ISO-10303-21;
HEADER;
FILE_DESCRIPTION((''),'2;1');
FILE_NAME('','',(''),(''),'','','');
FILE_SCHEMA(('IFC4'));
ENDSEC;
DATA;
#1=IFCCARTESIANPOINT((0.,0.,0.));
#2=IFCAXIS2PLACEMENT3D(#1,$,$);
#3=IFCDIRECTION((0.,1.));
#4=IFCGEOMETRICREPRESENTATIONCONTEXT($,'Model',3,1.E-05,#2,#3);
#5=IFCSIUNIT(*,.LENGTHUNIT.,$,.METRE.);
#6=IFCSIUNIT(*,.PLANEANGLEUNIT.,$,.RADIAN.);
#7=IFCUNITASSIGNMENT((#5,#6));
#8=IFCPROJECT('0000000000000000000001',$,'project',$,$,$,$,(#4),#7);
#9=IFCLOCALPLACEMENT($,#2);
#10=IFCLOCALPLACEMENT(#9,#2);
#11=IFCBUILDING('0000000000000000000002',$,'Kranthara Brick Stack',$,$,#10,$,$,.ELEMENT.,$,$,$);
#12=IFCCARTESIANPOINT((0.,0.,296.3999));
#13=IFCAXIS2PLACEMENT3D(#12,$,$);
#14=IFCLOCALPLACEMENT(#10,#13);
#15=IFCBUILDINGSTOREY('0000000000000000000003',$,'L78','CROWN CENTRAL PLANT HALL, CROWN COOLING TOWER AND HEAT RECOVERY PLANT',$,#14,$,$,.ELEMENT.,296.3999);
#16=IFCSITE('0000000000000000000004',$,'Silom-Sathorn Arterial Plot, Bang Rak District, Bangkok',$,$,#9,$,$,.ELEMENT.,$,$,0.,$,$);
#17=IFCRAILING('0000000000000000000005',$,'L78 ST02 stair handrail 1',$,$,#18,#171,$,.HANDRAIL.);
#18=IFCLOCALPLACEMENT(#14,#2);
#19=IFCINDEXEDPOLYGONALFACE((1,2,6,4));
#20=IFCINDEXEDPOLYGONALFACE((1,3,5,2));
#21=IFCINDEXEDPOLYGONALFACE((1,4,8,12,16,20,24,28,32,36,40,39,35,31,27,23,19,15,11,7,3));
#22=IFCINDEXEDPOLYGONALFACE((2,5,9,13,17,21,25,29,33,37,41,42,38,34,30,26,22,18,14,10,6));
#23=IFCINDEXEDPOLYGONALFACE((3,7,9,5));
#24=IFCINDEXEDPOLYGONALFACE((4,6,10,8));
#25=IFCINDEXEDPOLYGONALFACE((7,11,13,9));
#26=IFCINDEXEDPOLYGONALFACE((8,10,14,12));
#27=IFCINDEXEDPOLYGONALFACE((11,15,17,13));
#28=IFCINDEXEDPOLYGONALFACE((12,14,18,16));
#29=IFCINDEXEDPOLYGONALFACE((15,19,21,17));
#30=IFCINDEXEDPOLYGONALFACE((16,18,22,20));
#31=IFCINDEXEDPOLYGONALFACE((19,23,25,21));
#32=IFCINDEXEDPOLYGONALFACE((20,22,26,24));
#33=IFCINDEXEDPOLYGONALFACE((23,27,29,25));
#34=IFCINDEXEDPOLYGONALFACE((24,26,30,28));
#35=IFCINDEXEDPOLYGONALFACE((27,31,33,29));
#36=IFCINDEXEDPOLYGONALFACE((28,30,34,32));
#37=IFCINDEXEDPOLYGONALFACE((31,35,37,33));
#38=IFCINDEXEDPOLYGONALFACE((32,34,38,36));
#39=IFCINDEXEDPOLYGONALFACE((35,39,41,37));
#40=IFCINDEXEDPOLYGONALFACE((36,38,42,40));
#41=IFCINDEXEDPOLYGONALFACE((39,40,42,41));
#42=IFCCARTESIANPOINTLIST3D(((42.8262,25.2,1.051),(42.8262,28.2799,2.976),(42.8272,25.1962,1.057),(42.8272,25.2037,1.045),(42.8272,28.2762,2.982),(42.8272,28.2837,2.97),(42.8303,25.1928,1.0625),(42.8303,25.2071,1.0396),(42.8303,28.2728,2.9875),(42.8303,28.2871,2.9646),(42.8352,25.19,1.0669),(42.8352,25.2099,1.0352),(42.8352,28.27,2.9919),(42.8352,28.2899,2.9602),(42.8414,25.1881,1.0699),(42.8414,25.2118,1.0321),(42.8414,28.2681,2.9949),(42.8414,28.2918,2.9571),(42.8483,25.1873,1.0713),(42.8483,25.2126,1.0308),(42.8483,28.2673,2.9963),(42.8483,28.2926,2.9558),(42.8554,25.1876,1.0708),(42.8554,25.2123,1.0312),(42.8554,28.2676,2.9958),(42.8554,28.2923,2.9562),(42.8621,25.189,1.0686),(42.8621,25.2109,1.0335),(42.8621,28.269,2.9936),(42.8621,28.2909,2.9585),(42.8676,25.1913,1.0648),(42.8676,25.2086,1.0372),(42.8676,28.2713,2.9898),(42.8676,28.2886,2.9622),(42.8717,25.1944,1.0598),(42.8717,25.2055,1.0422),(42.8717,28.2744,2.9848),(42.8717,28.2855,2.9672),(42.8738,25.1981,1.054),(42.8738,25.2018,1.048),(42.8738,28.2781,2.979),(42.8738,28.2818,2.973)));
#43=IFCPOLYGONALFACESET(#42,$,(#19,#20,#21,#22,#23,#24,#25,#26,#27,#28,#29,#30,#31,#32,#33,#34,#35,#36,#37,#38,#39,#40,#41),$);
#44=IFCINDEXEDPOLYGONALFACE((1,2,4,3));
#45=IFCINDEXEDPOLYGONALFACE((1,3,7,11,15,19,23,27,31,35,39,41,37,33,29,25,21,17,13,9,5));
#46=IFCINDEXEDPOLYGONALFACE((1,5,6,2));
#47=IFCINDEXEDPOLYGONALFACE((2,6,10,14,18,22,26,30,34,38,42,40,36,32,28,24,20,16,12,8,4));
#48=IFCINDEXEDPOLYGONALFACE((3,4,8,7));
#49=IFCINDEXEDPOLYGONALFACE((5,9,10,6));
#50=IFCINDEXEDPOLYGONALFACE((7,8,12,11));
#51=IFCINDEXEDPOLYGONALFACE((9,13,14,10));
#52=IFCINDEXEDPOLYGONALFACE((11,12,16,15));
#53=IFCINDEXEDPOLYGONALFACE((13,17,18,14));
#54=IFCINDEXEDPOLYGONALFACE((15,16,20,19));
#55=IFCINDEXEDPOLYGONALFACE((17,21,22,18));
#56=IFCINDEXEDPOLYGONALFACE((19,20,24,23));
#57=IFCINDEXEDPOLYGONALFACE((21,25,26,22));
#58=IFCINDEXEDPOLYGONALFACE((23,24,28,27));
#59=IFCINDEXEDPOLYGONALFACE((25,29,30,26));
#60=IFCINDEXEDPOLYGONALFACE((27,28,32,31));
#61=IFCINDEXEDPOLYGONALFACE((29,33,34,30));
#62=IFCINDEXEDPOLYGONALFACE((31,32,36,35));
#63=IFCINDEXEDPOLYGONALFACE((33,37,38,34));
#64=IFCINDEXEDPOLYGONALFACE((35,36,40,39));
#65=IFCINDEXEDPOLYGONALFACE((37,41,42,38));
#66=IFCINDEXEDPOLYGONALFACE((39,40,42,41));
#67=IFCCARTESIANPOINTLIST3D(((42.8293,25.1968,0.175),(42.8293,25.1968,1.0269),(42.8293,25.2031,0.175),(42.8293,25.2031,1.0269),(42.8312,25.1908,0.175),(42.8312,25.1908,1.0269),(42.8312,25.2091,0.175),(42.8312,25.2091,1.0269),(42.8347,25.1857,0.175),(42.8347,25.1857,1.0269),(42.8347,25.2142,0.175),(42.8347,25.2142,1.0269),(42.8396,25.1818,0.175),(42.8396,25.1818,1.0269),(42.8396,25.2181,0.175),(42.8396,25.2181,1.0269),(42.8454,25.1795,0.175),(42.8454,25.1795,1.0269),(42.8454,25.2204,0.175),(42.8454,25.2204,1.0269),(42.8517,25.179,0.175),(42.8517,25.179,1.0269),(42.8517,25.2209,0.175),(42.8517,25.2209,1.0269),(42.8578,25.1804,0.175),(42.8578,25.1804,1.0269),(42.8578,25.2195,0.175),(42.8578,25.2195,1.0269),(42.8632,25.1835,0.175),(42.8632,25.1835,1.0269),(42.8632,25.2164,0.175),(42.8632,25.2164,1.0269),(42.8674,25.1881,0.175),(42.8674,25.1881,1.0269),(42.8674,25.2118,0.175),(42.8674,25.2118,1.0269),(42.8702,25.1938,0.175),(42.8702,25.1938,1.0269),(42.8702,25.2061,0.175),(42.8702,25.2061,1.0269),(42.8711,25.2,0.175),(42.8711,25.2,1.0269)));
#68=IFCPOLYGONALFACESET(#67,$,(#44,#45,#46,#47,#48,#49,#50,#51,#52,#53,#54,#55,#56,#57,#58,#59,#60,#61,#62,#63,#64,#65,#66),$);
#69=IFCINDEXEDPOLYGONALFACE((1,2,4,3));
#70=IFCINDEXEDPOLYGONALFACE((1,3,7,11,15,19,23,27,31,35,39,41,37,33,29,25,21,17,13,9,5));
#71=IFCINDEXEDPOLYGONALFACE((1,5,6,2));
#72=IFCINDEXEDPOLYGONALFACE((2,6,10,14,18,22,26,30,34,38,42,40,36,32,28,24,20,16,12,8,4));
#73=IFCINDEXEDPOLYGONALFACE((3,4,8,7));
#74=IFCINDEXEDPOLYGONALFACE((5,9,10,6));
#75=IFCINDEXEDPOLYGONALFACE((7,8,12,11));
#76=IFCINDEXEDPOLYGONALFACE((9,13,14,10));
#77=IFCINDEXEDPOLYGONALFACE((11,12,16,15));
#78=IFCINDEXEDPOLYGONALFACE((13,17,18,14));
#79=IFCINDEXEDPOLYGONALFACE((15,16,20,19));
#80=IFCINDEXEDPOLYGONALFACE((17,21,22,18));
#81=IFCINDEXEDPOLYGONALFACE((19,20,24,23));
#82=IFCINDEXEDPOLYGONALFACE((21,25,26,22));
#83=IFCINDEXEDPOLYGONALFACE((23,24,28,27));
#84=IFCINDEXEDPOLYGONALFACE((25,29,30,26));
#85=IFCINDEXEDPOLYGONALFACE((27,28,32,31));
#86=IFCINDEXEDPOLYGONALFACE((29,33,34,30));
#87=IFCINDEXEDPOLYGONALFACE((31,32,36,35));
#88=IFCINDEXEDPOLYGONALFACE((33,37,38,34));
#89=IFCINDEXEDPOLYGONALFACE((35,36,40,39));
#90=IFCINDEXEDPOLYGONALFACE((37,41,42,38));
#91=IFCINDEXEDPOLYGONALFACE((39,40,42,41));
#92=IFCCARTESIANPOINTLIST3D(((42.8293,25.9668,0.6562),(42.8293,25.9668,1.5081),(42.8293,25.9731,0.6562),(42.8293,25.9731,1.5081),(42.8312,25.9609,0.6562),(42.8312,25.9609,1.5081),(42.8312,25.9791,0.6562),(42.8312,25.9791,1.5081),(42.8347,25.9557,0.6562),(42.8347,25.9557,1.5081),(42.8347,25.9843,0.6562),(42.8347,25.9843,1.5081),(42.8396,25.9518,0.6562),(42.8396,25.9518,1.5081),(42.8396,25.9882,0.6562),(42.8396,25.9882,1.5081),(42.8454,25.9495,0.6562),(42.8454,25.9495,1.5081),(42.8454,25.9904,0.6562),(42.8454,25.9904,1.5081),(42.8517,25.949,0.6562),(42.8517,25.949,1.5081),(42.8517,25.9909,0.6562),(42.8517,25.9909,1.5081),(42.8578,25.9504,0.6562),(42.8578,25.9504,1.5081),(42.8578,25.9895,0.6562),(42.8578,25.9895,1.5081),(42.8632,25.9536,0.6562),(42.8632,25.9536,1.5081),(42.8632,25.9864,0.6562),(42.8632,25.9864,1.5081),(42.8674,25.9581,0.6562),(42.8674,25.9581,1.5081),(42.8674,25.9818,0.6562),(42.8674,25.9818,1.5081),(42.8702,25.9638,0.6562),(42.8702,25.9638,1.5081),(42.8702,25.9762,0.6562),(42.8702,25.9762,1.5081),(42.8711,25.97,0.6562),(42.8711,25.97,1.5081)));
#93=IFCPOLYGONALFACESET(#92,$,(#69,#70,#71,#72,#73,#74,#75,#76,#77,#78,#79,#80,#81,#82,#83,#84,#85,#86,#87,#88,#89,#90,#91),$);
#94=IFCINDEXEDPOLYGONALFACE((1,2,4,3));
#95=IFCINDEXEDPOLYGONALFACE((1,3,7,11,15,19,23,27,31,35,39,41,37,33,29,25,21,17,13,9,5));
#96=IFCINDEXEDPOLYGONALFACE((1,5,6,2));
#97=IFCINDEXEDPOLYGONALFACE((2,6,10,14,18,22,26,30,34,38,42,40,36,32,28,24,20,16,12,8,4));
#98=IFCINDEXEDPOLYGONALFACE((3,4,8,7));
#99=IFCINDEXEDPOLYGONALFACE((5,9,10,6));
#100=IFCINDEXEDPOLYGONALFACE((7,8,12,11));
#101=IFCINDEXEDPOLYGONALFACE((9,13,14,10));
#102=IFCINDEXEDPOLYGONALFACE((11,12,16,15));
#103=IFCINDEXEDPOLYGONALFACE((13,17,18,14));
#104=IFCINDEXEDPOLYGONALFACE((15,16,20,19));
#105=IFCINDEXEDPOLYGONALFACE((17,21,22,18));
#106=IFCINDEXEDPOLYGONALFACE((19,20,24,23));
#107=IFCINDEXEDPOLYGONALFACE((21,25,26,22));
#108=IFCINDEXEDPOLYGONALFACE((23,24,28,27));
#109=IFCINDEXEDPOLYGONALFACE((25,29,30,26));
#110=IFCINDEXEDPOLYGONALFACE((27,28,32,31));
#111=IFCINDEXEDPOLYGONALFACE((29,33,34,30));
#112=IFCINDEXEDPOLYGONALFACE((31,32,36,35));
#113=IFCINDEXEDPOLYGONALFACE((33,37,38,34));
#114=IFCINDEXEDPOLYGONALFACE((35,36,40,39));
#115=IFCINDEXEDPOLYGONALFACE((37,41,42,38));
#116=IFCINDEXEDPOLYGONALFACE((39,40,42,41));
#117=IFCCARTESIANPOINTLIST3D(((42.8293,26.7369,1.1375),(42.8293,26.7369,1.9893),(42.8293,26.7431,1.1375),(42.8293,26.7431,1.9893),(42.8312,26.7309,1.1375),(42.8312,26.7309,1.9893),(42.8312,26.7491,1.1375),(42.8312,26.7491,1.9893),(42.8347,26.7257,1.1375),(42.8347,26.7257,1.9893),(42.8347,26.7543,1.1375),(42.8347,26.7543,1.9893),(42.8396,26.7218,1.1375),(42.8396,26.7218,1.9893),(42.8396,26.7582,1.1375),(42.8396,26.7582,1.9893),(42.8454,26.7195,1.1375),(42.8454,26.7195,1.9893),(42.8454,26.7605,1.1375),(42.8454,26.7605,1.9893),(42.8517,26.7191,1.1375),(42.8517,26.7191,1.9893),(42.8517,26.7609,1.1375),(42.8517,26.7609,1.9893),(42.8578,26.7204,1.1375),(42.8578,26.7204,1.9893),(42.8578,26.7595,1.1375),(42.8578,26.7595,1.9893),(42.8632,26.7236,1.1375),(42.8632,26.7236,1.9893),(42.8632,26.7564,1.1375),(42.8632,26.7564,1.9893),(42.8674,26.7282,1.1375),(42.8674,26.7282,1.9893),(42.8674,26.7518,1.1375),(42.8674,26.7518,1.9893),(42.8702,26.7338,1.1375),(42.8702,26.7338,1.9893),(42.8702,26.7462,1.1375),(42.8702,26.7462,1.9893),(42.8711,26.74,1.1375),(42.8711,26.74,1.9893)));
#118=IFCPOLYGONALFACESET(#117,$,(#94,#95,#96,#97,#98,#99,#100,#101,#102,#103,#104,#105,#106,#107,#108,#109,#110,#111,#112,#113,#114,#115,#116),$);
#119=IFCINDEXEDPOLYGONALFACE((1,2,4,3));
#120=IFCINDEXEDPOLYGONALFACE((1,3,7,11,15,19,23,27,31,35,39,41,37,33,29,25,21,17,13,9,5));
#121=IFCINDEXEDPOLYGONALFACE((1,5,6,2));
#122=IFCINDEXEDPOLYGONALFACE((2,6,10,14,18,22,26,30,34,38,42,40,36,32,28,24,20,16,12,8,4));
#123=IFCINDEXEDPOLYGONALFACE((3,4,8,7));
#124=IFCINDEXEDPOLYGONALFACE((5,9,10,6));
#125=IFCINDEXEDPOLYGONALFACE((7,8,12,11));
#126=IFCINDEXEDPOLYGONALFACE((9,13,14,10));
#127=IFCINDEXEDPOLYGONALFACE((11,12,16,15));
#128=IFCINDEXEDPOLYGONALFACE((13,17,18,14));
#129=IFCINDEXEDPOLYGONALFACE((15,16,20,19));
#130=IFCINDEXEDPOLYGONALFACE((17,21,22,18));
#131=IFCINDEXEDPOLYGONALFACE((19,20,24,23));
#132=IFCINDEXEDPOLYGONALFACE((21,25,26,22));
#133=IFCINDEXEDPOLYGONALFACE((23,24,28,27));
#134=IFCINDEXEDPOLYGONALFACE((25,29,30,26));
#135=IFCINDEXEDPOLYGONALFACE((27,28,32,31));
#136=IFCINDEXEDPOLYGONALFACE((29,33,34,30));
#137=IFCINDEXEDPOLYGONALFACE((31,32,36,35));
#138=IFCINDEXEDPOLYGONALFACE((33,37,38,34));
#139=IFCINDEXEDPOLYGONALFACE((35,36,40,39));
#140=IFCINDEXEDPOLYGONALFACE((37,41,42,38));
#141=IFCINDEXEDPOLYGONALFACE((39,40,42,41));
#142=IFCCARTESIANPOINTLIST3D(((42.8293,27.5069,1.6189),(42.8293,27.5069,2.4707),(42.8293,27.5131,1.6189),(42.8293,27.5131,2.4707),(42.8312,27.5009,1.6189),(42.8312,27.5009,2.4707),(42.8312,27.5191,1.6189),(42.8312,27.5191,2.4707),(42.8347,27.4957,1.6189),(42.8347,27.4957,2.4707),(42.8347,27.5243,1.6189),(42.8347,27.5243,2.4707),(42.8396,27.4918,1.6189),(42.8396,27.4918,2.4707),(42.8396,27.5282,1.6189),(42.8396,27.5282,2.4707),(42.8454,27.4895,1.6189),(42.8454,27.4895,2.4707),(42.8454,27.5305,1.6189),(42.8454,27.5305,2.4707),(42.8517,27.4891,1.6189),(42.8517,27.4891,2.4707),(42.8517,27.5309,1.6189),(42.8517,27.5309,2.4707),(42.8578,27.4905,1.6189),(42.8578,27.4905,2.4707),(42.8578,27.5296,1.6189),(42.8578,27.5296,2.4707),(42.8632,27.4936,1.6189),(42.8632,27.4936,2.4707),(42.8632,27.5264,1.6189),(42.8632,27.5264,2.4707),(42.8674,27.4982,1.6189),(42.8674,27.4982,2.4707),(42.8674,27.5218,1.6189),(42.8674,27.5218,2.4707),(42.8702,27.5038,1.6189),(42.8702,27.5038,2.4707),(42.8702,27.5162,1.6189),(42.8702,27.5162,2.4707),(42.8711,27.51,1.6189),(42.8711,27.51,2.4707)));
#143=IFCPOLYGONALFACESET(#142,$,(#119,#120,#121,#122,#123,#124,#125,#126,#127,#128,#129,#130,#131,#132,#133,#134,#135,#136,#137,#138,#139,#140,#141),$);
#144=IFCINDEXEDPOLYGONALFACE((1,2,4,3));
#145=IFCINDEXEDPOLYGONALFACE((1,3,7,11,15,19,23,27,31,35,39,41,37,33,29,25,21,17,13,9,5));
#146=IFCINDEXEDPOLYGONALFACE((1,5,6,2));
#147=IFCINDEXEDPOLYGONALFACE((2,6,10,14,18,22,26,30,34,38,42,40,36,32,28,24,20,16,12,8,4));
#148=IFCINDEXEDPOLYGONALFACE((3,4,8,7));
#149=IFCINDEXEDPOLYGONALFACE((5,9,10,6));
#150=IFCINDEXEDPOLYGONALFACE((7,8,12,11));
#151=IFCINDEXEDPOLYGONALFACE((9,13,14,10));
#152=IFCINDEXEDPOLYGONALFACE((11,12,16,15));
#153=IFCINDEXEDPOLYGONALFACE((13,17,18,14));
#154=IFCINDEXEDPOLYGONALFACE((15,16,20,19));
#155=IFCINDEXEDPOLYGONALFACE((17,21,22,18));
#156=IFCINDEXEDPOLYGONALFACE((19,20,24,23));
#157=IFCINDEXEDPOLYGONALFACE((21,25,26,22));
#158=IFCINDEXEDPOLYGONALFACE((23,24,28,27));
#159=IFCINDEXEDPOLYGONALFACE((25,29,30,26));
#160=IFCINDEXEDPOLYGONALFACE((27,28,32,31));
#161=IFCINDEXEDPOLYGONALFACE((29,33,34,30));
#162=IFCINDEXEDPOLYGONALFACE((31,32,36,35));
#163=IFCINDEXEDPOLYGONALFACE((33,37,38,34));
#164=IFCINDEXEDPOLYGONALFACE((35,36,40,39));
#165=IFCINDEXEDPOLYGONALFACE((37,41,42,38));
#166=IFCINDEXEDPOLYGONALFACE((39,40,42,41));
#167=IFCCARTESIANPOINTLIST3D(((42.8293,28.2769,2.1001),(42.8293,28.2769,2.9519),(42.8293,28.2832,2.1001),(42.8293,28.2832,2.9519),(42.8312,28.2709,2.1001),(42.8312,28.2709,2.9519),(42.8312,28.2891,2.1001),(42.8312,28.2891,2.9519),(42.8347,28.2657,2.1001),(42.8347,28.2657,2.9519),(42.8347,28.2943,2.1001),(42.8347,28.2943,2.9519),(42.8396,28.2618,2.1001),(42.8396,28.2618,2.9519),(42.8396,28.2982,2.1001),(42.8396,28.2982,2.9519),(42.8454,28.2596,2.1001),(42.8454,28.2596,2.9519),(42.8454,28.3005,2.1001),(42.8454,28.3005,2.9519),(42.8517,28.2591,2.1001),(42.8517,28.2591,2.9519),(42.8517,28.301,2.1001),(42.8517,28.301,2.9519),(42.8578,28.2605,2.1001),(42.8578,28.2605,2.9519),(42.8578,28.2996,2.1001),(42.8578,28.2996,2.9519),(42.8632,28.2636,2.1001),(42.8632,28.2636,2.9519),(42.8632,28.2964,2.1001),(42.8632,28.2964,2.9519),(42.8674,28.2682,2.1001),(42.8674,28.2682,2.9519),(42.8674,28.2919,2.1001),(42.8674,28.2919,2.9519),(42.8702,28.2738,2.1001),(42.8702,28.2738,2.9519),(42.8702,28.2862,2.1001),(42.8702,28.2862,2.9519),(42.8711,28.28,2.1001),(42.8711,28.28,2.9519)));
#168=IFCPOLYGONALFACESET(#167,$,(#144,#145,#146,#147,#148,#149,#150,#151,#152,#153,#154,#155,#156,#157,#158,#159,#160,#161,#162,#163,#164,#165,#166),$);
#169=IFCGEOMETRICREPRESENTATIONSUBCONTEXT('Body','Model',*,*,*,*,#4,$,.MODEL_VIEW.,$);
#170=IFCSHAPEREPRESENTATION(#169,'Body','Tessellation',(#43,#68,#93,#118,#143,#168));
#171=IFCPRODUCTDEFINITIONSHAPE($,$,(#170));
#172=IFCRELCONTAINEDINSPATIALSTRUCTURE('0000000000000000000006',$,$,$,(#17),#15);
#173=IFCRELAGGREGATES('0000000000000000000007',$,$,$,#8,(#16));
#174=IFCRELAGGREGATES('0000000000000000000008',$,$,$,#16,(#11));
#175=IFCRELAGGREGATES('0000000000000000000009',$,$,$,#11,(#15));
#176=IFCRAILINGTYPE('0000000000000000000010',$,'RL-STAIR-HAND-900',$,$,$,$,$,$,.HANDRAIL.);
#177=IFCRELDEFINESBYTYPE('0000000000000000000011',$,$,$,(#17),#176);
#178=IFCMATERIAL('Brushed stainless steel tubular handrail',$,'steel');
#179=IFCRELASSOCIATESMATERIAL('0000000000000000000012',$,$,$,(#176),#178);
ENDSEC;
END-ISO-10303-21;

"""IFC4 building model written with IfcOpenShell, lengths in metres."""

from ifc_helpers import new_model, si_unit, direction, frame, origin, origin_2d, place, context, subcontext, project, spatial, circle, extrude, material, type_object, element, save


model = new_model("IFC4")

# Units and contexts
model_context = context("Model", 3, precision=1e-05, world=origin(), true_north=direction((0.0, 1.0)))
body_context = subcontext(model_context, "Body", "Model", "MODEL_VIEW")
ifc_project = project(units=[si_unit("LENGTHUNIT", "METRE"), si_unit("PLANEANGLEUNIT", "RADIAN")], contexts=[model_context])

# Site, building, storey
site_placement = place(None, origin())
site = spatial("IfcSite", under=ifc_project, at=site_placement, Name="Silom-Sathorn Arterial Plot, Bang Rak District, Bangkok", CompositionType="ELEMENT", RefElevation=0.0)
building_placement = place(site_placement, origin())
building = spatial("IfcBuilding", under=site, at=building_placement, Name="Kranthara Brick Stack", CompositionType="ELEMENT")
storey_placement = place(building_placement, frame((0.0, 0.0, 296.3999)))
storey = spatial("IfcBuildingStorey", under=building, at=storey_placement, Name="L78", Description="CROWN CENTRAL PLANT HALL, CROWN COOLING TOWER AND HEAT RECOVERY PLANT", CompositionType="ELEMENT", Elevation=296.3999)

# Railing
ifc_material_1 = material(Name="Brushed stainless steel tubular handrail", Category="steel")
railing_type_1 = type_object("IfcRailingType", Name="RL-STAIR-HAND-900", PredefinedType="HANDRAIL", material=ifc_material_1)
railing_1_placement = place(storey_placement, frame((42.8501, 25.2, 0.175)))
element("IfcRailing", 1, at=railing_1_placement, inside=storey, type_object=railing_type_1, Name="L78 ST02 stair handrail 1", PredefinedType="HANDRAIL", context=body_context, shape_type="SweptSolid", body=[
    extrude(circle(Radius=0.0239, at=origin_2d()), frame((0.0, 0.0, 0.876), z_axis=(0.0, 0.847998, 0.529999), x_axis=(-1.0, 0.0, 0.0)), (0.0, 0.0, 1.0), 3.6321),
    extrude(circle(Radius=0.021, at=origin_2d()), origin(), (0.0, 0.0, 1.0), 0.8518),
    extrude(circle(Radius=0.021, at=origin_2d()), frame((0.0, 0.77, 0.4812)), (0.0, 0.0, 1.0), 0.8518),
    extrude(circle(Radius=0.021, at=origin_2d()), frame((0.0, 1.54, 0.9624)), (0.0, 0.0, 1.0), 0.8518),
    extrude(circle(Radius=0.021, at=origin_2d()), frame((0.0, 2.3101, 1.4438)), (0.0, 0.0, 1.0), 0.8518),
    extrude(circle(Radius=0.021, at=origin_2d()), frame((0.0, 3.0801, 1.925)), (0.0, 0.0, 1.0), 0.8518),
])

save(model, "model.ifc")
